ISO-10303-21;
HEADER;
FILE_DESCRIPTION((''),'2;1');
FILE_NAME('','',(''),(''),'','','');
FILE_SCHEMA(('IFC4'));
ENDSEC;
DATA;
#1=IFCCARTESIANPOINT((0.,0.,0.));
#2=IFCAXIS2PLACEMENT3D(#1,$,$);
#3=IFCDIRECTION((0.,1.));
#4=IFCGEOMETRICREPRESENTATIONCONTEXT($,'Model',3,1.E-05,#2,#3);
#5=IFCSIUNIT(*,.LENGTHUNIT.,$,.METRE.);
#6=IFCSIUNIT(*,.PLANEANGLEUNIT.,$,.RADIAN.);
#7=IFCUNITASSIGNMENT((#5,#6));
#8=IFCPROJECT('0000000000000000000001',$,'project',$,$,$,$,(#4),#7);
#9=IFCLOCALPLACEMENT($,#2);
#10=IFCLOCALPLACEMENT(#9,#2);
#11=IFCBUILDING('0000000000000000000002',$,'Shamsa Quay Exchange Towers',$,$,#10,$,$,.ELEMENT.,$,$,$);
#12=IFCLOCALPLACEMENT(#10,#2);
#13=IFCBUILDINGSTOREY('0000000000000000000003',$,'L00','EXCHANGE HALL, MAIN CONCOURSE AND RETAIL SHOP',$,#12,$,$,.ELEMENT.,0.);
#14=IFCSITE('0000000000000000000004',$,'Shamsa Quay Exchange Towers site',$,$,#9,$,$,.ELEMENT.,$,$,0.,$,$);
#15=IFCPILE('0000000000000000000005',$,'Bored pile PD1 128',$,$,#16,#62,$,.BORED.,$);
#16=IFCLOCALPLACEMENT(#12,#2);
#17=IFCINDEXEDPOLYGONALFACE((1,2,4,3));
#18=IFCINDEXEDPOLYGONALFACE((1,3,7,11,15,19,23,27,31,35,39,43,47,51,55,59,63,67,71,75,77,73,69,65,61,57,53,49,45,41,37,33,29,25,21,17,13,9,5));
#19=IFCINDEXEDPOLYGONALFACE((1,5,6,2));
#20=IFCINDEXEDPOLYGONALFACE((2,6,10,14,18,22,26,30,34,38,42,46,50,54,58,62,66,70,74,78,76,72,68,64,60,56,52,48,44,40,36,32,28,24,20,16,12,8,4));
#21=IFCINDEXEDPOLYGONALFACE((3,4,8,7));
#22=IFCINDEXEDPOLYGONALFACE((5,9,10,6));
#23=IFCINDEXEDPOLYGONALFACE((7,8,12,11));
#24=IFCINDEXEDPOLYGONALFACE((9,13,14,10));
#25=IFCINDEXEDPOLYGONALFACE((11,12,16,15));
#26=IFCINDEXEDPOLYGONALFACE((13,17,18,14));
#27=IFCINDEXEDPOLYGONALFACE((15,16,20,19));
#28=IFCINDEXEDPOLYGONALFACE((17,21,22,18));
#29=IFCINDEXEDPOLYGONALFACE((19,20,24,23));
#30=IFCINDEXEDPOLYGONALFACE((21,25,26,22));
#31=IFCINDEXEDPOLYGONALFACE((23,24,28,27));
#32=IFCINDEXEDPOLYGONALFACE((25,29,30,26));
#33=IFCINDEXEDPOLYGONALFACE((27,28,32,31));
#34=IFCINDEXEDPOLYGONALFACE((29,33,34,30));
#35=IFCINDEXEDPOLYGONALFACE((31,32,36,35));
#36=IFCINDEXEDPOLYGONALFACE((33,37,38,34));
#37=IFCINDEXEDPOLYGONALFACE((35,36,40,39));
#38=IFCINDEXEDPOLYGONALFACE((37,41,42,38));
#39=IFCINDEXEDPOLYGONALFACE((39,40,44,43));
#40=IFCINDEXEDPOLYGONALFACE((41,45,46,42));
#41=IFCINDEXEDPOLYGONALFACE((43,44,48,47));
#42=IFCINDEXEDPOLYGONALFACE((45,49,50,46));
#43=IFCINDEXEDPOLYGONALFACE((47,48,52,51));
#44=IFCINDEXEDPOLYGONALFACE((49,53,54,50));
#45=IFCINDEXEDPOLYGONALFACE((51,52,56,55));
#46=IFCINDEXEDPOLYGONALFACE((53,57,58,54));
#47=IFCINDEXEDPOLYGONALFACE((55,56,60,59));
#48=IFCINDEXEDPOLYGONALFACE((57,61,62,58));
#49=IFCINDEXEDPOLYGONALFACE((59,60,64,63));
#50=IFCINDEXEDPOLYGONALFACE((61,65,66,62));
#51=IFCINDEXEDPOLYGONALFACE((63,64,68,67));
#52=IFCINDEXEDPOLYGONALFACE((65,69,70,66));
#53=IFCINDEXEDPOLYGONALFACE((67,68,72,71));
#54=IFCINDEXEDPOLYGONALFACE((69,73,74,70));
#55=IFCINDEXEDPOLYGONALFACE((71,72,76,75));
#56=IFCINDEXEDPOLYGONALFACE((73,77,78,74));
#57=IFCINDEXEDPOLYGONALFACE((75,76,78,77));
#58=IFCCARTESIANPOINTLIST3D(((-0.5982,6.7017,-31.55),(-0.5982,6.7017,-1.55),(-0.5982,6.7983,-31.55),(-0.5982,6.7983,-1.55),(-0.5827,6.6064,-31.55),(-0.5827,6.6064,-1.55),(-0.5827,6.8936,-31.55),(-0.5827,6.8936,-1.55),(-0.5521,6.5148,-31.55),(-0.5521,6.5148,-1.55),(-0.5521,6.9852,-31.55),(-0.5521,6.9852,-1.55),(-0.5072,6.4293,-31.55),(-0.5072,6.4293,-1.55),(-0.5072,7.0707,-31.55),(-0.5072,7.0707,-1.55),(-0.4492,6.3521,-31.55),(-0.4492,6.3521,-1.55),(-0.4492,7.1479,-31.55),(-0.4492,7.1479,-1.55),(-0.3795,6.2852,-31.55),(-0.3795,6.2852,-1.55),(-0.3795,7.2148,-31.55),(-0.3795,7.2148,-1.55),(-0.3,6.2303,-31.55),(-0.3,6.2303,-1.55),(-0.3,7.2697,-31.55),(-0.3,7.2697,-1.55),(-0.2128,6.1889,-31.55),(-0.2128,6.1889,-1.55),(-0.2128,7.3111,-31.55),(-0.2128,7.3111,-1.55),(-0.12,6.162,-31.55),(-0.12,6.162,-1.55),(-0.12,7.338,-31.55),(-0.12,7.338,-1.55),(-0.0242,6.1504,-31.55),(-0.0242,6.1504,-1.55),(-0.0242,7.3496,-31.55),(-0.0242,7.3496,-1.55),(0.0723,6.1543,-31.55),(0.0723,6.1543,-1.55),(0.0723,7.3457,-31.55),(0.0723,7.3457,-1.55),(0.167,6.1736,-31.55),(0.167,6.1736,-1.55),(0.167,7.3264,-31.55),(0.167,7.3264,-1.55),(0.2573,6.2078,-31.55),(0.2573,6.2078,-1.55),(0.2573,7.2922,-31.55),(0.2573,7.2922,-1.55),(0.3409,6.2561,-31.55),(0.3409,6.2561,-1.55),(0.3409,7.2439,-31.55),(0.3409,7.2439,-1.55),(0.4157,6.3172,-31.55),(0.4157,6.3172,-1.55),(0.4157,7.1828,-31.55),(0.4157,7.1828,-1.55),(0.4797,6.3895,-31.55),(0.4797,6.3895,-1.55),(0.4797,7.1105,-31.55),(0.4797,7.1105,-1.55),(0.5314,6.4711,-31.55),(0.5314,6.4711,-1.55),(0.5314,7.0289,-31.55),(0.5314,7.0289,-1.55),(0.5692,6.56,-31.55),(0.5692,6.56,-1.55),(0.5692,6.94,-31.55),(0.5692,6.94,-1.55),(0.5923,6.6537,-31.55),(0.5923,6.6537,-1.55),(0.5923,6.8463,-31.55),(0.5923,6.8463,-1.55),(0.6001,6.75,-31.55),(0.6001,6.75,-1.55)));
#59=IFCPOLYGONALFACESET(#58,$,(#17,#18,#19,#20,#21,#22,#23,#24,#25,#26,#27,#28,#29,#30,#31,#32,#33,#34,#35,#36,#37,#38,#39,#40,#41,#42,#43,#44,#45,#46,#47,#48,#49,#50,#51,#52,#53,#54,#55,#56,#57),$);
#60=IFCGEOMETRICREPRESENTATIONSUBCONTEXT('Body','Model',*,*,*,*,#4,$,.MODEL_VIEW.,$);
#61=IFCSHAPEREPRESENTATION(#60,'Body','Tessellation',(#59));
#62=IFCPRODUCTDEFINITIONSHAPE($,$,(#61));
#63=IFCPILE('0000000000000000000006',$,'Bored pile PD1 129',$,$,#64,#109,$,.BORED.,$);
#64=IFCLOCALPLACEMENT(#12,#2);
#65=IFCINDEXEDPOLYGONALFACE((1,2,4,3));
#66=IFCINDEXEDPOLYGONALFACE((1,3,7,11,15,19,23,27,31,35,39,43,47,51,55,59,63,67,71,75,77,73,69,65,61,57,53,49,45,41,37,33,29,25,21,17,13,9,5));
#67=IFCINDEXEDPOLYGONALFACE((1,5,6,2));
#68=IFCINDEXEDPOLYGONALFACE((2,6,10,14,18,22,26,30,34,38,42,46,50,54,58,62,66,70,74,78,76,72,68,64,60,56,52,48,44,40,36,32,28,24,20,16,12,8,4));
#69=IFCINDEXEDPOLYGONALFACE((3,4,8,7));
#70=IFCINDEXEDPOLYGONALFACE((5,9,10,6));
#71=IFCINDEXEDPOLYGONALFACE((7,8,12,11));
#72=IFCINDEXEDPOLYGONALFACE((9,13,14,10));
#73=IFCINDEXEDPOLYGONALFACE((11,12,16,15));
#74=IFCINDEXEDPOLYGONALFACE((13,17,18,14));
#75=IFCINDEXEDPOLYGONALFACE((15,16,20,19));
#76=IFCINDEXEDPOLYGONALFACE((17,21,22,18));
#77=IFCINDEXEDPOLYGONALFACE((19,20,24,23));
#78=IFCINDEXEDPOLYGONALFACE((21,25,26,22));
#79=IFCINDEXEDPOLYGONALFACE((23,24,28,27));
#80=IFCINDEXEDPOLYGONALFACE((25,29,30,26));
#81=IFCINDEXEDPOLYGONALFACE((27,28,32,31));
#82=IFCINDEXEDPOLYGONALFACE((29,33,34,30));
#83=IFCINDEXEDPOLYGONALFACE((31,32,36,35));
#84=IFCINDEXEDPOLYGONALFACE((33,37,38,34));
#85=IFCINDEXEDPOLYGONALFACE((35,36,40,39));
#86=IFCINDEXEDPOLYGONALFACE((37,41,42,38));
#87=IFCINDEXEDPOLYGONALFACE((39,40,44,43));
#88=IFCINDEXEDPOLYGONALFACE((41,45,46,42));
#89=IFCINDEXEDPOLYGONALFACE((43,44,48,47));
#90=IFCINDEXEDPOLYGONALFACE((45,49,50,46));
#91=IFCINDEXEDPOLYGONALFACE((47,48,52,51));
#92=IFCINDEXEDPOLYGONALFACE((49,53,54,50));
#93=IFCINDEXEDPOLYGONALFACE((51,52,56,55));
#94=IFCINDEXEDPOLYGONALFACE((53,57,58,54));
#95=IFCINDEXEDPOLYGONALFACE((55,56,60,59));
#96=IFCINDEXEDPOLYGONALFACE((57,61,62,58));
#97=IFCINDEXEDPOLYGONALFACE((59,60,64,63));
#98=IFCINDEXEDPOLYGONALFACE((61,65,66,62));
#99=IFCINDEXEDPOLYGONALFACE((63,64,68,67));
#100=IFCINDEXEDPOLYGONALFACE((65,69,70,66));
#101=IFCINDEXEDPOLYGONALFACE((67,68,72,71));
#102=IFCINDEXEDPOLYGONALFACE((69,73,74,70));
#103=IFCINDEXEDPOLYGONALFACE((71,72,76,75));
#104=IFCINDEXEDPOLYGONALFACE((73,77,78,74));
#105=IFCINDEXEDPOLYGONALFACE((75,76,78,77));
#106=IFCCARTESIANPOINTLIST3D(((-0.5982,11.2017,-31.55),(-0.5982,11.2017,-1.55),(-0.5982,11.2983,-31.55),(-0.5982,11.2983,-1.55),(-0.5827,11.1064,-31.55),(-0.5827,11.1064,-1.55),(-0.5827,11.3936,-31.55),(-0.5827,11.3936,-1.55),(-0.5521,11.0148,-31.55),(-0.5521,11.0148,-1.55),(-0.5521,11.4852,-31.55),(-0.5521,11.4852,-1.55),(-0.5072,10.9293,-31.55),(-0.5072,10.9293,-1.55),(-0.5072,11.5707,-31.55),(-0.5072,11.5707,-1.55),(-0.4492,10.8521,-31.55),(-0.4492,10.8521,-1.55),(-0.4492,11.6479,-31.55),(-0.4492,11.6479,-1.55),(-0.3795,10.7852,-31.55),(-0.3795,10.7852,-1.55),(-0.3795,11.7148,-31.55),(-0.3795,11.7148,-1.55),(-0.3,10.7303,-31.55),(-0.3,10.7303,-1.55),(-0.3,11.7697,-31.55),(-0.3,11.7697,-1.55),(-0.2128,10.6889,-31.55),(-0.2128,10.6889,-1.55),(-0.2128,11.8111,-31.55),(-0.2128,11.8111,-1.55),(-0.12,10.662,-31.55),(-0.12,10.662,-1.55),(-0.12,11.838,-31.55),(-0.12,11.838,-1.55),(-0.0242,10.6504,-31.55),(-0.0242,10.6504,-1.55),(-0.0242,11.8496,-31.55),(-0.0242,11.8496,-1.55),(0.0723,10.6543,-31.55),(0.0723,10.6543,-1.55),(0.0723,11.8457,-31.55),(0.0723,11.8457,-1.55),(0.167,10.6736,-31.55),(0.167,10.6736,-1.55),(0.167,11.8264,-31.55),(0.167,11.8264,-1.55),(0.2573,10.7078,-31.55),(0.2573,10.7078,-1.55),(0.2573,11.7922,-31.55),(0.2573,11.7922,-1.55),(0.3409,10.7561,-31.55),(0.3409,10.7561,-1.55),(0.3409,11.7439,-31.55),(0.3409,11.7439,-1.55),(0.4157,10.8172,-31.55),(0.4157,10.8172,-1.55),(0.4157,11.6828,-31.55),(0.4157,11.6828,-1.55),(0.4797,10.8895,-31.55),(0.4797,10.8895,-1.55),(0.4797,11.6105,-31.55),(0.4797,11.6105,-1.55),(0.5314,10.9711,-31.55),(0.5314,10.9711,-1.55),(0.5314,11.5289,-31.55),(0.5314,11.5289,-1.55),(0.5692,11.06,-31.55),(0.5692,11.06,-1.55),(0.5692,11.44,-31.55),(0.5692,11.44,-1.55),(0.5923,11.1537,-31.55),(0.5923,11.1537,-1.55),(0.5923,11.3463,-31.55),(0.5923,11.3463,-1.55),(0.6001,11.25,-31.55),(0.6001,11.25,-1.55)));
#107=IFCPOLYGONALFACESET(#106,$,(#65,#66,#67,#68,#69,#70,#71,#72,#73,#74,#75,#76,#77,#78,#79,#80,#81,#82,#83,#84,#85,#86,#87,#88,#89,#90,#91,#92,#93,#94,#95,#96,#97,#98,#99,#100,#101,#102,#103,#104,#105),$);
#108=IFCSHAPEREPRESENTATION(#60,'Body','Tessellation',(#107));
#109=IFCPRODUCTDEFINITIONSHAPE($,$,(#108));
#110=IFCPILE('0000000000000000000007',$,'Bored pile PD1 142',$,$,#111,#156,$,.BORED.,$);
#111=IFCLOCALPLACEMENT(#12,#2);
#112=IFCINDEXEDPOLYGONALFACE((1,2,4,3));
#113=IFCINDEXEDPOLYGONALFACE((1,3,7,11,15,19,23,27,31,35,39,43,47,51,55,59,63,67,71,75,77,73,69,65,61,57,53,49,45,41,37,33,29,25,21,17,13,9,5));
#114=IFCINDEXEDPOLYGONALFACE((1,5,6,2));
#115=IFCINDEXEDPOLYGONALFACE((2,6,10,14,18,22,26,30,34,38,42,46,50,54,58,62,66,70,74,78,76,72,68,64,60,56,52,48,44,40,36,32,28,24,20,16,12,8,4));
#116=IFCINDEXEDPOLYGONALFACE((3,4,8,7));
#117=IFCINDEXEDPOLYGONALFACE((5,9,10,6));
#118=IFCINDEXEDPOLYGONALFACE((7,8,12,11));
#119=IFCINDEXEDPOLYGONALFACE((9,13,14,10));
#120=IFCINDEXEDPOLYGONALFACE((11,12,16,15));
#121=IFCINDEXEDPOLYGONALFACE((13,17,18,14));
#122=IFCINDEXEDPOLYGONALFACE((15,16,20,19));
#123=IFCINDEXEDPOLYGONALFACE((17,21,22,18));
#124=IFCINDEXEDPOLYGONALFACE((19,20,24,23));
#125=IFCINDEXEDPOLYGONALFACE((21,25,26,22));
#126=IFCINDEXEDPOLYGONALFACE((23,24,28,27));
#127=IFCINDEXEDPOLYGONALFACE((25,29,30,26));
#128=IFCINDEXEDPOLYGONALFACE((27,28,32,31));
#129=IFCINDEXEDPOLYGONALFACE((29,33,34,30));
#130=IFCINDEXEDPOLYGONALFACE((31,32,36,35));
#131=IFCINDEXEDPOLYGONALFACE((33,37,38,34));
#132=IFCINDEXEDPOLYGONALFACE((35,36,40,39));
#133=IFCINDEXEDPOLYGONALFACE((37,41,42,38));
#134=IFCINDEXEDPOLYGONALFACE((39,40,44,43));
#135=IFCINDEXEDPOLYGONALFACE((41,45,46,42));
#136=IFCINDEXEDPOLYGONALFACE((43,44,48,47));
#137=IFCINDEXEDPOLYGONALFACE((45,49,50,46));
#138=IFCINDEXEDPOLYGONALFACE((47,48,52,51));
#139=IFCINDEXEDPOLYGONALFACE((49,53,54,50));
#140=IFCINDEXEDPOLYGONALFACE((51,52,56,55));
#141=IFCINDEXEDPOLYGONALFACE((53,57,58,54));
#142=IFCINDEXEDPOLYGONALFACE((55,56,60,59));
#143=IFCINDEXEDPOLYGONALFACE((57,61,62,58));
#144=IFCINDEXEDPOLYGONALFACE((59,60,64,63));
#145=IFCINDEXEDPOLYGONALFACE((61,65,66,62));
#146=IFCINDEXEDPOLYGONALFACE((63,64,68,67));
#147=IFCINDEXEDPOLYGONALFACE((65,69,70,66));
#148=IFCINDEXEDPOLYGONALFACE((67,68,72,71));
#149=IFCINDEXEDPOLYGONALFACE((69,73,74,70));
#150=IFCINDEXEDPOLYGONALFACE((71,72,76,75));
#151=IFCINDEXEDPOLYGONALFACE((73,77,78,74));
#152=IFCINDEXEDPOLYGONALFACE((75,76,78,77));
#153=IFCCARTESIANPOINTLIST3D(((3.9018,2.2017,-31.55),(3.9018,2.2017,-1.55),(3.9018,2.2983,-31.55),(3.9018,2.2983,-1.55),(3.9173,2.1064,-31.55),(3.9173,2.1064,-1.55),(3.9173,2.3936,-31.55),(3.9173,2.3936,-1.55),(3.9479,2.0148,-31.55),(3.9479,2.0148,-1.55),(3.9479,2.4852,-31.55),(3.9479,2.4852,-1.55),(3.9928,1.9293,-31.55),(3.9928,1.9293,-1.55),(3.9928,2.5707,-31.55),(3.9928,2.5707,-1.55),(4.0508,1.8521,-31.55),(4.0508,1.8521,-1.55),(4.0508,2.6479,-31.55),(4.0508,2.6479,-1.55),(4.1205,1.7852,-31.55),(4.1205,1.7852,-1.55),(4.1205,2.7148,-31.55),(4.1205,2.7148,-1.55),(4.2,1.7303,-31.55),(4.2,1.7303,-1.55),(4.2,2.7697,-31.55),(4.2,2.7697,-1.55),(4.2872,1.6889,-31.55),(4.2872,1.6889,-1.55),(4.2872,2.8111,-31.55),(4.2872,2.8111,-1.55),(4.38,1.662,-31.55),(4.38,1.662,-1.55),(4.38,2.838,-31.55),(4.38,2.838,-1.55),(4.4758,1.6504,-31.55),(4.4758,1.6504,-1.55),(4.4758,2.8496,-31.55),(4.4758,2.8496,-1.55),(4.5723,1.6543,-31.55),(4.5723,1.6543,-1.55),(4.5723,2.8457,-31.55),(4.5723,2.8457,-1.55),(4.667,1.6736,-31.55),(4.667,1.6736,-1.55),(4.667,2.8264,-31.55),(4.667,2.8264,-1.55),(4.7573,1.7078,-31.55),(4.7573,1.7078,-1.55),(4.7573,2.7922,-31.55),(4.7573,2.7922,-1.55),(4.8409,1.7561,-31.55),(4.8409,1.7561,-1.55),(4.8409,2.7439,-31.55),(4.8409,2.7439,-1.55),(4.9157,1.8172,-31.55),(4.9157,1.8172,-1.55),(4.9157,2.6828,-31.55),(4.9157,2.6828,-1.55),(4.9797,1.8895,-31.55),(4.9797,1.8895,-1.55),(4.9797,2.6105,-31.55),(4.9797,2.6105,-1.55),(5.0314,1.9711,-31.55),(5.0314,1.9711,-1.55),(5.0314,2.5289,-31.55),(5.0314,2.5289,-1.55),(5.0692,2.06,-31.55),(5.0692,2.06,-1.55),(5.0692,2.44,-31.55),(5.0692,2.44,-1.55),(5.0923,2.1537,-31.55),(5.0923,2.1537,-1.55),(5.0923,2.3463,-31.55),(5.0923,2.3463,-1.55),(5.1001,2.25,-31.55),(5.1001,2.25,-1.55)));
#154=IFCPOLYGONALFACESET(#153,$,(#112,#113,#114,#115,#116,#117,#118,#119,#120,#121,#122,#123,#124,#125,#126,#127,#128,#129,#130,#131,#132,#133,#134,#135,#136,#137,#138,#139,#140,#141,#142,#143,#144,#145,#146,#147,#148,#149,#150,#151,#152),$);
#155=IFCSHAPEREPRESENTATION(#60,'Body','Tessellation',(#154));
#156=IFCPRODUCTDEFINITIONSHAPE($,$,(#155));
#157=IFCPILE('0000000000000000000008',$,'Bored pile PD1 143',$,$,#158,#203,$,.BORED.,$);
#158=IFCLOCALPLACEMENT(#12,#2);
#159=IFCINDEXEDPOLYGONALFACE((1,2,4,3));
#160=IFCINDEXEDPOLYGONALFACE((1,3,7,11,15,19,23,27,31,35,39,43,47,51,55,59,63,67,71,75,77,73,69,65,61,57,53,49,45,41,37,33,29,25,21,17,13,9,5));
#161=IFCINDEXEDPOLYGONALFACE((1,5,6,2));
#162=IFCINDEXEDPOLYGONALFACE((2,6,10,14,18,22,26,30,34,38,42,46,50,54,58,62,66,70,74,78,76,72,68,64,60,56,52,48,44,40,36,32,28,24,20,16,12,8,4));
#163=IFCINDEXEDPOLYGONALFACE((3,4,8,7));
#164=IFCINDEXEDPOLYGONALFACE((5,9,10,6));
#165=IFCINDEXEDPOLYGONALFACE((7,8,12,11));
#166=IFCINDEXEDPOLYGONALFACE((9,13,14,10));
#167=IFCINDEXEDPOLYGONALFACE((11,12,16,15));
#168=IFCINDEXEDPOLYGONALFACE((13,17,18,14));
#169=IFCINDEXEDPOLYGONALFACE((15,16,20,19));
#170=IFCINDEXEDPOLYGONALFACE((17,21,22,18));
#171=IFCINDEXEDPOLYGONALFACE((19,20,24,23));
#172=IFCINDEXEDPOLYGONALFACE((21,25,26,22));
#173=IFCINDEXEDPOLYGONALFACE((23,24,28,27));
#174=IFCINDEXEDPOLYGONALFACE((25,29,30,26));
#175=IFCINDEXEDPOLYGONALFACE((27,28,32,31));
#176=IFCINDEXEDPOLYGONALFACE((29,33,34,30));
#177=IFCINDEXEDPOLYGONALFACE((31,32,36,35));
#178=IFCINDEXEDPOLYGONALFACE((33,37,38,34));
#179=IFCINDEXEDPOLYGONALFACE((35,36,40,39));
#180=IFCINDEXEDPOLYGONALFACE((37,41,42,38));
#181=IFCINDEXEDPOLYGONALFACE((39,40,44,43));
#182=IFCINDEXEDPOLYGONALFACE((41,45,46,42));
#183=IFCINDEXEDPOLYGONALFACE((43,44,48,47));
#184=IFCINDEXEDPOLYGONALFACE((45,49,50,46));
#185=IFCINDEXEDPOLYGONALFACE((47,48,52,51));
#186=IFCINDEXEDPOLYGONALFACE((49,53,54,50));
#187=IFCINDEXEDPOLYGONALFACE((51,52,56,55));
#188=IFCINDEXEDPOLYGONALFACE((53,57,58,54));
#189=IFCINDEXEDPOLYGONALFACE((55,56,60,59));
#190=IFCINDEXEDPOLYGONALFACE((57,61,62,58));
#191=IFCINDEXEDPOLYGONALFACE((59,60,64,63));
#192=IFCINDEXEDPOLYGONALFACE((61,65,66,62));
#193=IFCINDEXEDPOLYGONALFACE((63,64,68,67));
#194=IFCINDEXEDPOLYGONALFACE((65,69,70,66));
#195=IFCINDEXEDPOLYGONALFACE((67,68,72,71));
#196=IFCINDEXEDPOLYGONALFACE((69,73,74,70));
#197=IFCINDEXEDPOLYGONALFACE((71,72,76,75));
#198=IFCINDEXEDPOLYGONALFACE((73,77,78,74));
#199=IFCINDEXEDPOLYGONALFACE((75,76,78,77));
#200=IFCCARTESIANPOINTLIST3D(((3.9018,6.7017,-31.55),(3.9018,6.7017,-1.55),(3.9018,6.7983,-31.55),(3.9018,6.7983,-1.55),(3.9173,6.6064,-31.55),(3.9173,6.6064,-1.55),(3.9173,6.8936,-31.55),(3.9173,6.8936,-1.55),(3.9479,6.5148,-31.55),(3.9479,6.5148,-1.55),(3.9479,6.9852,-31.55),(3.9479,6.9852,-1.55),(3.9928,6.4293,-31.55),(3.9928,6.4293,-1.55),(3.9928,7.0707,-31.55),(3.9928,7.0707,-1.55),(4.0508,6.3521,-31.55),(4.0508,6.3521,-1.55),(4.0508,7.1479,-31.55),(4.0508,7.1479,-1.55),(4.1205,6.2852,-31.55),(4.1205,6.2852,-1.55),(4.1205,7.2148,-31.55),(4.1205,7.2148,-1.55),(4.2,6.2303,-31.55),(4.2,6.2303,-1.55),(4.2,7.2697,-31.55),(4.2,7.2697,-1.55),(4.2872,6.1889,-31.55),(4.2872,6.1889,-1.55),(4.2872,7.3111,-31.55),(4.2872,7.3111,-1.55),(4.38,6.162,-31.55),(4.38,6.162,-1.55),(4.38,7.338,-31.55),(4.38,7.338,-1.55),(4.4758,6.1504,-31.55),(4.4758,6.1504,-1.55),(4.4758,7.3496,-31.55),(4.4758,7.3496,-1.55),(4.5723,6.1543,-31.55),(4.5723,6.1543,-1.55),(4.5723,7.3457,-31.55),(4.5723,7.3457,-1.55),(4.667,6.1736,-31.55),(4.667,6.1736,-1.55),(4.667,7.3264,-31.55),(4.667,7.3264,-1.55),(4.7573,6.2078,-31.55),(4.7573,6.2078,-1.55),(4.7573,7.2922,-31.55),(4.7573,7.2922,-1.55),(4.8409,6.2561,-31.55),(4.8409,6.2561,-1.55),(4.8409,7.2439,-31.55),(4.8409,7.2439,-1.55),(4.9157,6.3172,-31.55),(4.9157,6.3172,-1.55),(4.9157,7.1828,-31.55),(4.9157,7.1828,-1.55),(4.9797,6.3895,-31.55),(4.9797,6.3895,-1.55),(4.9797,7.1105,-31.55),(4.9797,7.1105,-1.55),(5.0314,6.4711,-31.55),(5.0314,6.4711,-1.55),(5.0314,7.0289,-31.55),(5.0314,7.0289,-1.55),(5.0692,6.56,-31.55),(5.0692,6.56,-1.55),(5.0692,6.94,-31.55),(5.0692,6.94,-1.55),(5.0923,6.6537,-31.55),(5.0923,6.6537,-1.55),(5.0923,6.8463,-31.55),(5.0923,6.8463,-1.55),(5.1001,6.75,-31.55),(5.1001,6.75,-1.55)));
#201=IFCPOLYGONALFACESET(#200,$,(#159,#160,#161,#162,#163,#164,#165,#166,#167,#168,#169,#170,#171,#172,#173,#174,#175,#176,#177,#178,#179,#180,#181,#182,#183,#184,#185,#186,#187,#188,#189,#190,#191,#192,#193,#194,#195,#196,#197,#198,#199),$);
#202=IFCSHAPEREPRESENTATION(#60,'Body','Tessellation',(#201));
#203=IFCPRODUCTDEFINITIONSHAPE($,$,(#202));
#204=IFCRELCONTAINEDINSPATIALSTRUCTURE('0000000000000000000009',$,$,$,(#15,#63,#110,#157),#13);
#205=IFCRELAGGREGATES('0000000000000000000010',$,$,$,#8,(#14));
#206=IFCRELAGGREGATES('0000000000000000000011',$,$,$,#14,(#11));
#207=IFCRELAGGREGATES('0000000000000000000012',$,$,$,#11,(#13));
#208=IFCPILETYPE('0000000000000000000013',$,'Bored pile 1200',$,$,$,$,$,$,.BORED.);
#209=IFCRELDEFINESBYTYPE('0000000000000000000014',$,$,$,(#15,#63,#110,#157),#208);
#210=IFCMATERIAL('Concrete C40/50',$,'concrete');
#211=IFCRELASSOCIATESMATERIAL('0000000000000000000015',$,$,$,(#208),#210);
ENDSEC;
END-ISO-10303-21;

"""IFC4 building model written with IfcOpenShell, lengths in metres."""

from ifc_helpers import new_model, si_unit, direction, frame, origin, origin_2d, place, context, subcontext, project, spatial, circle, extrude, material, material_profile, profile_set, type_object, element, save


model = new_model("IFC4")

# Units and contexts
model_context = context("Model", 3, precision=1e-05, world=origin(), true_north=direction((0.0, 1.0)))
body_context = subcontext(model_context, "Body", "Model", "MODEL_VIEW")
ifc_project = project(units=[si_unit("LENGTHUNIT", "METRE"), si_unit("PLANEANGLEUNIT", "RADIAN")], contexts=[model_context])

# Site, building, storey
site_placement = place(None, origin())
site = spatial("IfcSite", under=ifc_project, at=site_placement, Name="Shamsa Quay Exchange Towers site", CompositionType="ELEMENT", RefElevation=0.0)
building_placement = place(site_placement, origin())
building = spatial("IfcBuilding", under=site, at=building_placement, Name="Shamsa Quay Exchange Towers", CompositionType="ELEMENT")
storey_placement = place(building_placement, origin())
storey = spatial("IfcBuildingStorey", under=building, at=storey_placement, Name="L00", Description="EXCHANGE HALL, MAIN CONCOURSE AND RETAIL SHOP", CompositionType="ELEMENT", Elevation=0.0)

# Piles
ifc_material_1 = material(Name="Concrete C40/50", Category="concrete")
ifc_material_profile_1 = material_profile(ifc_material_1, circle(Radius=0.6001, at=origin_2d()), Name="BP1200")
ifc_profile_set_1 = profile_set([ifc_material_profile_1], Name="Concrete C40/50")
pile_type_1 = type_object("IfcPileType", Name="Bored pile 1200", PredefinedType="BORED", material=ifc_profile_set_1)
for number, where, z_axis, x_axis, name in (
    (1, (0.0, 6.75, -1.55), (0.0, 0.0, -1.0), (1.0, 0.0, 0.0), "Bored pile PD1 128"),
    (2, (0.0, 11.25, -1.55), (0.0, 0.0, -1.0), (1.0, 0.0, 0.0), "Bored pile PD1 129"),
    (3, (4.5, 2.25, -1.55), (0.0, 0.0, -1.0), (1.0, 0.0, 0.0), "Bored pile PD1 142"),
    (4, (4.5, 6.75, -1.55), (0.0, 0.0, -1.0), (1.0, 0.0, 0.0), "Bored pile PD1 143"),
):
    element("IfcPile", number, at=place(storey_placement, frame(where, z_axis=z_axis, x_axis=x_axis)), inside=storey, type_object=pile_type_1, Name=name, PredefinedType="BORED", context=body_context, shape_type="SweptSolid", body=[
        extrude(circle(Radius=0.6001, at=origin_2d()), origin(), (0.0, 0.0, 1.0), 30.0),
    ])

save(model, "model.ifc")
